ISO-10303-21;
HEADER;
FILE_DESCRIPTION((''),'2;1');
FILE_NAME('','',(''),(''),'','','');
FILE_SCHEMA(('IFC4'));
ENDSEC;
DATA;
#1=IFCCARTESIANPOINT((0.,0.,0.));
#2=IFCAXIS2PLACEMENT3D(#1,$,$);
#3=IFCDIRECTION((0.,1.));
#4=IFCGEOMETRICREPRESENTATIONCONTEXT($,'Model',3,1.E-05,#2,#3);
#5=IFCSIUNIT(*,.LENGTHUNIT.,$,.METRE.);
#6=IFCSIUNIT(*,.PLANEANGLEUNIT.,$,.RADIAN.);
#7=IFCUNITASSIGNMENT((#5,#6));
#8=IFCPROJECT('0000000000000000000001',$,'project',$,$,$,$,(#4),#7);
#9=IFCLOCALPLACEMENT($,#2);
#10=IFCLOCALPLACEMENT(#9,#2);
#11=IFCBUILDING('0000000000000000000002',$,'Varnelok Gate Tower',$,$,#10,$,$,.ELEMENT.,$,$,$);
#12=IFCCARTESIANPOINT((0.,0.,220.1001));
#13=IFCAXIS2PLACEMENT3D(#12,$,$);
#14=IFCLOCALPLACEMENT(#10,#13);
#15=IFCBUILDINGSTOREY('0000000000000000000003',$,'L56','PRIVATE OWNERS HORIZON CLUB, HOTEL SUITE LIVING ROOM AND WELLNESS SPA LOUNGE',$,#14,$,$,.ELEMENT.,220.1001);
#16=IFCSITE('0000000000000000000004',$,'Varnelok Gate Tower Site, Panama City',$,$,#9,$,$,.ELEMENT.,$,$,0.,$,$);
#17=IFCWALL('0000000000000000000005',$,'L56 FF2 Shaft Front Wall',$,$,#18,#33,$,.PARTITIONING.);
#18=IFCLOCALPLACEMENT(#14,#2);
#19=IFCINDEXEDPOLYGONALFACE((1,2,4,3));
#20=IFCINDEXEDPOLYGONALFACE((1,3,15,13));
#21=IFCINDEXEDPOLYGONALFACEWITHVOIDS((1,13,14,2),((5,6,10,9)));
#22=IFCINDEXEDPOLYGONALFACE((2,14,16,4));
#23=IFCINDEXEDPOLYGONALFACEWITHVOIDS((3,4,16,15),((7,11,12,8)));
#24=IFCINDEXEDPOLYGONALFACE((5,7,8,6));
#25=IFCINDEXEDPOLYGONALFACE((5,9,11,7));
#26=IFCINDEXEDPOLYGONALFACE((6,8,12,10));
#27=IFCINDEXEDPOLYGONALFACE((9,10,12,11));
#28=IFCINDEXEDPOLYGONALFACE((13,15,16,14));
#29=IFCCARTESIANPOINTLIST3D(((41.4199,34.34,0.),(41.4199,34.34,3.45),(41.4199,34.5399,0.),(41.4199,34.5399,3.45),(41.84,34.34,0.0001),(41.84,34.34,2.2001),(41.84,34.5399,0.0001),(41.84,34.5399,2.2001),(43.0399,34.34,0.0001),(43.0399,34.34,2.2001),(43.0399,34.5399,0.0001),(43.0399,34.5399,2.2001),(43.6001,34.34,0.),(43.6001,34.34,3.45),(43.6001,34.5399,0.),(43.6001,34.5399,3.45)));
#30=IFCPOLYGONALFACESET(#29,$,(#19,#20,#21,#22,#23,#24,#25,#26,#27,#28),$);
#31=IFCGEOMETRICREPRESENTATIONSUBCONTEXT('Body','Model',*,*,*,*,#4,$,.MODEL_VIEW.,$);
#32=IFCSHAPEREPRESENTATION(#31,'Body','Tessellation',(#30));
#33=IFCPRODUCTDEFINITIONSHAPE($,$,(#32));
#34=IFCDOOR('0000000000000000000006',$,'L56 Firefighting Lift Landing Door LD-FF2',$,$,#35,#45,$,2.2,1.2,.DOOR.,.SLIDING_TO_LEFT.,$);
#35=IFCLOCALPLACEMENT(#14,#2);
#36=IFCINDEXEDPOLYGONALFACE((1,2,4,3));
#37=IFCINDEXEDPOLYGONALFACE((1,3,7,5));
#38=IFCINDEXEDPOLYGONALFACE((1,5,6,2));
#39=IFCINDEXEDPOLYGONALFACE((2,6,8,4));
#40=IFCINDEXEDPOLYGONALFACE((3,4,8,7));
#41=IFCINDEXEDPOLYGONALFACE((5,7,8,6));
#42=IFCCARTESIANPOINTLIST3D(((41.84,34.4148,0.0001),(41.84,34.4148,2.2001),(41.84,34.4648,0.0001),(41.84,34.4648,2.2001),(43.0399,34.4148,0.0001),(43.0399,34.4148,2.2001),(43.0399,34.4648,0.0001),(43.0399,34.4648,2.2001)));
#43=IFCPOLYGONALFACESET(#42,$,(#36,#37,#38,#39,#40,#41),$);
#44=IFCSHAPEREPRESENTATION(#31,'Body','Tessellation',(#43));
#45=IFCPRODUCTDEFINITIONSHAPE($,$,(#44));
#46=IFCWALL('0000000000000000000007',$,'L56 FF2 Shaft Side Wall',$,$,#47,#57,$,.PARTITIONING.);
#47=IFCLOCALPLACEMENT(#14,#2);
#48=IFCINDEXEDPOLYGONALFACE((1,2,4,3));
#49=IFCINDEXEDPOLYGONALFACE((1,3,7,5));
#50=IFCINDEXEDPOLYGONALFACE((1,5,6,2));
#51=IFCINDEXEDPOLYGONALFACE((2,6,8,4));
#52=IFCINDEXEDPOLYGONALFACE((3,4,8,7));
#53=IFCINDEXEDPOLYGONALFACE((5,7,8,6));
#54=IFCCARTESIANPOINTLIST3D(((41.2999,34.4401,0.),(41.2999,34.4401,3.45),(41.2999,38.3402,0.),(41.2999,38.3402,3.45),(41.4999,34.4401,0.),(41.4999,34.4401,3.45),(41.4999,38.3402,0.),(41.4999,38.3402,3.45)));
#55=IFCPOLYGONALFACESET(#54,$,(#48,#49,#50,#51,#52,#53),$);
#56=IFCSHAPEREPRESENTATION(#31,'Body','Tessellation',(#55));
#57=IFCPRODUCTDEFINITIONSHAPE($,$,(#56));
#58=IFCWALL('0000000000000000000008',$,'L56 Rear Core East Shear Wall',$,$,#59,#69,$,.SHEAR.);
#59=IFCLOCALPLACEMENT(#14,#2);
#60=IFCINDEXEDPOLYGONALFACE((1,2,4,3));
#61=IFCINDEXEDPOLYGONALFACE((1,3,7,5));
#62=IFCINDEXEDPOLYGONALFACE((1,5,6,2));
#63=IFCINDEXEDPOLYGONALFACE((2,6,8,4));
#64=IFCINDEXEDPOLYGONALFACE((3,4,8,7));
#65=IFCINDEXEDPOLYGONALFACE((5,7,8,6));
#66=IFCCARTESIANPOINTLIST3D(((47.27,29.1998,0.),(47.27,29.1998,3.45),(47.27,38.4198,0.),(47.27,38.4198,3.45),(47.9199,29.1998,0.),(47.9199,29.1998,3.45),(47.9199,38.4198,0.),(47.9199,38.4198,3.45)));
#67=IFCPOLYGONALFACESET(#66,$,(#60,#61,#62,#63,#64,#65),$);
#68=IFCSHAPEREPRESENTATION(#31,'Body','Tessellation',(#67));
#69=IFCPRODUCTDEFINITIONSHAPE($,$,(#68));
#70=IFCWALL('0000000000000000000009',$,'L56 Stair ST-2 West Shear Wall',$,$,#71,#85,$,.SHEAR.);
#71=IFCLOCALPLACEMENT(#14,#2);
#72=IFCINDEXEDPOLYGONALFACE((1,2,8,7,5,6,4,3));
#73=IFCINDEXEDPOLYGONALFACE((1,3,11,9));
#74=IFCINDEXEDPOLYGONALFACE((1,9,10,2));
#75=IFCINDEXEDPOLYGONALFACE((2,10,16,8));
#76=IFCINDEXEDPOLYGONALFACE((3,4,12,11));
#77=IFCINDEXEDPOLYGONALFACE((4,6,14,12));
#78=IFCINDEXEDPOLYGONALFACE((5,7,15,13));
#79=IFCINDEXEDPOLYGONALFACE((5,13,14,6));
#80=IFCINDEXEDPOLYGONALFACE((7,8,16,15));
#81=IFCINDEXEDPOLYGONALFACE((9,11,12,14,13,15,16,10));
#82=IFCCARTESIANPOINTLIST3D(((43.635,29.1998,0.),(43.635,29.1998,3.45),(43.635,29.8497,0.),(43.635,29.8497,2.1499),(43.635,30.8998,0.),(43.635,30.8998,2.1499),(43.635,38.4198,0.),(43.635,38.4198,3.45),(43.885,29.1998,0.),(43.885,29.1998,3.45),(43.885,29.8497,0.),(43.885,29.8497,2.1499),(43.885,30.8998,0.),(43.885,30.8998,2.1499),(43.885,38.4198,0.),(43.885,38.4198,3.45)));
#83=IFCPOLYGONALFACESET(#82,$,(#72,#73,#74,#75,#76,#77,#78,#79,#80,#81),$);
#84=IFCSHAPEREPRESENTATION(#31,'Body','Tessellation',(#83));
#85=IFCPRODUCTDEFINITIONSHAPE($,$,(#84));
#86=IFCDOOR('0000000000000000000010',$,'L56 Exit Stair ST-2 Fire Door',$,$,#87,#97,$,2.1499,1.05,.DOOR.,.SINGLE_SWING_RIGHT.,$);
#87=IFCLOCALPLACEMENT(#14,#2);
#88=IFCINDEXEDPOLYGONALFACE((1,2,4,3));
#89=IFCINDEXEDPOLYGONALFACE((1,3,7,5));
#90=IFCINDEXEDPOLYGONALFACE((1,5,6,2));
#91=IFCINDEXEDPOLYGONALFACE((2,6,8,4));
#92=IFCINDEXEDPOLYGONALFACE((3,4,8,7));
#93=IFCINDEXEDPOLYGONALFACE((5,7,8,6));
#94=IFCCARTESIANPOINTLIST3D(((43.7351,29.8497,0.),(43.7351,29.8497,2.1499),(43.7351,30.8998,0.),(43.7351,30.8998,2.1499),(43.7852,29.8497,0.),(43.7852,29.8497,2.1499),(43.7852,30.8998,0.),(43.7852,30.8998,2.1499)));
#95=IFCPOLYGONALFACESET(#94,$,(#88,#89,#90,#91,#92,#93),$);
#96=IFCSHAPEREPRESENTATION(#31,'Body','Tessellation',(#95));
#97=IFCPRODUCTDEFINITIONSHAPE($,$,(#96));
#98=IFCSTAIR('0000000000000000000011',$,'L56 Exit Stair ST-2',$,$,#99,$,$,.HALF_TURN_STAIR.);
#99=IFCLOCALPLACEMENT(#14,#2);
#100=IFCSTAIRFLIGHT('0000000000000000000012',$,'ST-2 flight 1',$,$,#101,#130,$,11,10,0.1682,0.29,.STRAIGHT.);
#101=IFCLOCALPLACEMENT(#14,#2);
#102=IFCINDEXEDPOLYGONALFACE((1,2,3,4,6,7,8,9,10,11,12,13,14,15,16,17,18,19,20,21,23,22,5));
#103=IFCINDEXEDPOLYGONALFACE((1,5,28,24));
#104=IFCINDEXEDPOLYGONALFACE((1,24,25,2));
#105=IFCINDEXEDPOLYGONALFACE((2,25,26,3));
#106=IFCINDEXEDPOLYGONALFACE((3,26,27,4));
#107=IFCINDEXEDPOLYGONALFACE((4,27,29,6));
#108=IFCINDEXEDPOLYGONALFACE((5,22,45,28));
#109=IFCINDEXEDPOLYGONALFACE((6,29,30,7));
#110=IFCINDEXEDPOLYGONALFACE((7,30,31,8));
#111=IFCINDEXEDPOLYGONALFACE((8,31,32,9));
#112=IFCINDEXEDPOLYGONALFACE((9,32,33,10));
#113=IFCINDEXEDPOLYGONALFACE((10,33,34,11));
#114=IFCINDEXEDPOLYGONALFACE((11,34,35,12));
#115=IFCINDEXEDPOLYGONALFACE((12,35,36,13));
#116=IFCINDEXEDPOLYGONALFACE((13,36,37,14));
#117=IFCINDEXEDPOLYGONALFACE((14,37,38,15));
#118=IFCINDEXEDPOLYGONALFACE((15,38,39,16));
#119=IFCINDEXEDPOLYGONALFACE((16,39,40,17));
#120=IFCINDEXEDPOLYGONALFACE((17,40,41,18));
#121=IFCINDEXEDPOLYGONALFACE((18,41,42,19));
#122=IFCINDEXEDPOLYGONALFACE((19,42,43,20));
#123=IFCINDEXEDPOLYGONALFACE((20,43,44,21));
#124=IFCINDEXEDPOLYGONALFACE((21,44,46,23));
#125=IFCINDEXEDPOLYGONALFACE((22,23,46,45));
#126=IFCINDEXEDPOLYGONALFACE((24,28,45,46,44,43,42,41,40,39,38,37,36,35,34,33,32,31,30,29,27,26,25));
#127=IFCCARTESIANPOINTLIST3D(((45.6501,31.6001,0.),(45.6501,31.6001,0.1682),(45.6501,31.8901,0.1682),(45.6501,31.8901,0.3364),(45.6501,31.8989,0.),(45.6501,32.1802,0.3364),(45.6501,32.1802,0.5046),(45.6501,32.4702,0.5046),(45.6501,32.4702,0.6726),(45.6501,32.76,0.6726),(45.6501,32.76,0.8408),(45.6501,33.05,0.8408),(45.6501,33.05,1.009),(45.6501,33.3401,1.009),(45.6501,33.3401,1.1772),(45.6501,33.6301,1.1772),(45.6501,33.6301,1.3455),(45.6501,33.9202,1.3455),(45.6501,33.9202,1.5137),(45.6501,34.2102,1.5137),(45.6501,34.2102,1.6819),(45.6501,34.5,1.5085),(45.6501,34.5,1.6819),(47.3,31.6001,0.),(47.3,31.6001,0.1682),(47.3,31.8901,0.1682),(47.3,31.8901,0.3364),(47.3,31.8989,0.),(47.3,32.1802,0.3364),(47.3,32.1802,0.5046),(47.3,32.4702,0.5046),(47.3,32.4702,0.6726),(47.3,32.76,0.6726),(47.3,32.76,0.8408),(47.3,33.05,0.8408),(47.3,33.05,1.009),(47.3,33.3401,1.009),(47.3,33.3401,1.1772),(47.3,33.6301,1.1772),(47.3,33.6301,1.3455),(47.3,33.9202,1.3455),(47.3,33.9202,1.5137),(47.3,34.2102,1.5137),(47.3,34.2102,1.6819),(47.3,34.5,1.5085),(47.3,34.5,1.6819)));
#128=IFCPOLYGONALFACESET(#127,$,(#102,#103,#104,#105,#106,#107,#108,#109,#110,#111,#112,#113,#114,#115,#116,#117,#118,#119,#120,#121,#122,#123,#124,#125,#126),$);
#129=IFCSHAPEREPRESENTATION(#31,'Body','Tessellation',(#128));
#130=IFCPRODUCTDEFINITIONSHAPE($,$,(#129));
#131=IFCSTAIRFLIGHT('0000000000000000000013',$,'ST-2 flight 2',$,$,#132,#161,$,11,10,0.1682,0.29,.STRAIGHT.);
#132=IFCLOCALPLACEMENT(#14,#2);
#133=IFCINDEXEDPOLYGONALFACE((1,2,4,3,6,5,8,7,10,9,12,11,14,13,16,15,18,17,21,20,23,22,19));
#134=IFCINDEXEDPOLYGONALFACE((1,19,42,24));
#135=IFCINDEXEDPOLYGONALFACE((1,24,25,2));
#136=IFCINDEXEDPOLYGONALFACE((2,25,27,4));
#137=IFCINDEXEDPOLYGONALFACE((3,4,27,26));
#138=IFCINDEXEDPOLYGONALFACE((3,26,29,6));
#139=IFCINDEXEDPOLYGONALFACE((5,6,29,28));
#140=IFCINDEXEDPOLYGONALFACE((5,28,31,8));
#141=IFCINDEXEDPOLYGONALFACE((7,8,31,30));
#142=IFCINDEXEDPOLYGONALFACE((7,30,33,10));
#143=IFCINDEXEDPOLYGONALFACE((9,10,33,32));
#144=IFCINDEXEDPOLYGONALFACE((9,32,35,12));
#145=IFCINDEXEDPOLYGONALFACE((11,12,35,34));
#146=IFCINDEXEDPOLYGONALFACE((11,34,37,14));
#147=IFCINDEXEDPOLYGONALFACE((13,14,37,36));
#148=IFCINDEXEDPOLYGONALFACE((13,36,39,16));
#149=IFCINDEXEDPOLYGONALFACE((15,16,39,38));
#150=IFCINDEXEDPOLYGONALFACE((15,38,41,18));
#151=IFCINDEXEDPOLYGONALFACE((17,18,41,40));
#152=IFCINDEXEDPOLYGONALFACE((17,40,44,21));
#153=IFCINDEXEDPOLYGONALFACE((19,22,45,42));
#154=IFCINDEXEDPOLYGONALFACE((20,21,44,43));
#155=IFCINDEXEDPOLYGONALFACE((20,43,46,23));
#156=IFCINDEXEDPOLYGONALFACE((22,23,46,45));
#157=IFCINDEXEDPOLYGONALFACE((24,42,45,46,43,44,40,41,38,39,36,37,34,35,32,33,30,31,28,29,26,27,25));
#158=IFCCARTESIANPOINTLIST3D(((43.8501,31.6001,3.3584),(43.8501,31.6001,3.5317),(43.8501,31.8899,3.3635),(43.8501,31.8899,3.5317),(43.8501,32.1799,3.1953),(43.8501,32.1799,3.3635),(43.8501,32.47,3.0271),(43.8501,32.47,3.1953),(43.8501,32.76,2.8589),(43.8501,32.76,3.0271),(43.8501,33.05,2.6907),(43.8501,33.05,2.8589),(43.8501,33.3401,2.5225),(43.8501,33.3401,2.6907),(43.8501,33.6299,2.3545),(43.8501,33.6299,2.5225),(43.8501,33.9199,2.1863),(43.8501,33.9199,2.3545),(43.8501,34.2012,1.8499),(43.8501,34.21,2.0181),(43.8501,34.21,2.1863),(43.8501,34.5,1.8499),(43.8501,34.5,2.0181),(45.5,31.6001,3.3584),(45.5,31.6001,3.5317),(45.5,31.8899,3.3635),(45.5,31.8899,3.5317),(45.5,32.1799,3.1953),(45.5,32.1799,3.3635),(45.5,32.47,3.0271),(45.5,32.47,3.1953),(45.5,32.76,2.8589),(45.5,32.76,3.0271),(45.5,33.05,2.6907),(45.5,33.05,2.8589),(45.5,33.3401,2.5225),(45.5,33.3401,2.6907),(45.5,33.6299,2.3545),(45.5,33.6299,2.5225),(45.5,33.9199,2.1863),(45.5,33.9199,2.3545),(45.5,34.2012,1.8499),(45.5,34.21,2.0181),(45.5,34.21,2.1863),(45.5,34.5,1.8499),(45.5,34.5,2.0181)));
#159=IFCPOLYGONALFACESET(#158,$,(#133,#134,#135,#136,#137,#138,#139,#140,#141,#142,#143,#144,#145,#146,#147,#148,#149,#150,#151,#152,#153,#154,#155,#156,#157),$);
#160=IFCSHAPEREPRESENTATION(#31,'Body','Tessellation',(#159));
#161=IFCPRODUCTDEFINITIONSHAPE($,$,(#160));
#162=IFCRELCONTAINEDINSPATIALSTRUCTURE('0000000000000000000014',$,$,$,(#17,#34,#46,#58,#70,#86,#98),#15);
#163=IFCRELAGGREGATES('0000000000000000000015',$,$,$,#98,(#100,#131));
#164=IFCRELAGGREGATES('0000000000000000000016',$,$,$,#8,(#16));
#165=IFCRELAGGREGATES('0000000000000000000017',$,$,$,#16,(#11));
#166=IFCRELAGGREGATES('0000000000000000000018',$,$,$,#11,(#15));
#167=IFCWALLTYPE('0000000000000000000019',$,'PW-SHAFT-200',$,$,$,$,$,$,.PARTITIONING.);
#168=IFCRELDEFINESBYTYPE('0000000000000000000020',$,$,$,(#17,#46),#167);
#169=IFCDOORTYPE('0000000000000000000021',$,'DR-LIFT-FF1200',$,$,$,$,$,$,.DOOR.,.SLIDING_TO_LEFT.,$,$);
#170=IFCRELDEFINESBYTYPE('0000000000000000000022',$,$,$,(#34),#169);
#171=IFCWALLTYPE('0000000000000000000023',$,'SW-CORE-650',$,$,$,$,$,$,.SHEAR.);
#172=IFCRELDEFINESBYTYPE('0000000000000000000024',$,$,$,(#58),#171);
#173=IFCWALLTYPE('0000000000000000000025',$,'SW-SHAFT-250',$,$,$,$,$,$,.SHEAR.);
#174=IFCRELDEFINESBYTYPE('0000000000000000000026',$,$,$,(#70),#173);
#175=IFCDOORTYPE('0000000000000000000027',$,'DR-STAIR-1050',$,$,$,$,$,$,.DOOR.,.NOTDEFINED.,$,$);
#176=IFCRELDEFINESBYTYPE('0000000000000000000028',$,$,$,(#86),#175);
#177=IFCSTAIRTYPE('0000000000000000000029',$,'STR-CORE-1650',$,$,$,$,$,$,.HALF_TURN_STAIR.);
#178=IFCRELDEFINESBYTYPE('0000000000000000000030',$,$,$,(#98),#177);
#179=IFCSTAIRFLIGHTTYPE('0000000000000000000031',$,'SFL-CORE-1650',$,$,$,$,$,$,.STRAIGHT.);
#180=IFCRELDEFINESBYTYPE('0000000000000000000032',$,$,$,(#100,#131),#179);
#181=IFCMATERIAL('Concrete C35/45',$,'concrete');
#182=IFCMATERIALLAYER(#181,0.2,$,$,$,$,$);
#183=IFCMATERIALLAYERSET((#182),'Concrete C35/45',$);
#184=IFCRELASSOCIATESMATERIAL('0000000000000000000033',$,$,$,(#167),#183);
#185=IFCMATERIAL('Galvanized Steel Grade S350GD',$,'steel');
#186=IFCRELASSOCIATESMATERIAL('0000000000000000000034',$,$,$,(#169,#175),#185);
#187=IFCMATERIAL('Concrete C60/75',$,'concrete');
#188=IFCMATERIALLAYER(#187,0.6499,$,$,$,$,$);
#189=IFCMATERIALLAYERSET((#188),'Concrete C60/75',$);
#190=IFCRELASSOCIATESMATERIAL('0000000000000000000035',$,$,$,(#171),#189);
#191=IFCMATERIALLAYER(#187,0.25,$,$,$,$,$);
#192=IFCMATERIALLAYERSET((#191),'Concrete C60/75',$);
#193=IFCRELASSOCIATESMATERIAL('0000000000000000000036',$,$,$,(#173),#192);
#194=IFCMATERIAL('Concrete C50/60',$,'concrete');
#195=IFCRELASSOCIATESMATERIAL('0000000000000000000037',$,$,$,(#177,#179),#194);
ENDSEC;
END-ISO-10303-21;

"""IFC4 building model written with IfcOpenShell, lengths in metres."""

from ifc_helpers import new_model, si_unit, direction, frame, frame_2d, origin, place, context, subcontext, project, spatial, polyline, rectangle, outline, extrude, material, layer, layer_set, type_object, element, fill, aggregate, save


model = new_model("IFC4")

# Units and contexts
model_context = context("Model", 3, precision=1e-05, world=origin(), true_north=direction((0.0, 1.0)))
body_context = subcontext(model_context, "Body", "Model", "MODEL_VIEW")
ifc_project = project(units=[si_unit("LENGTHUNIT", "METRE"), si_unit("PLANEANGLEUNIT", "RADIAN")], contexts=[model_context])

# Site, building, storey
site_placement = place(None, origin())
site = spatial("IfcSite", under=ifc_project, at=site_placement, Name="Varnelok Gate Tower Site, Panama City", CompositionType="ELEMENT", RefElevation=0.0)
building_placement = place(site_placement, origin())
building = spatial("IfcBuilding", under=site, at=building_placement, Name="Varnelok Gate Tower", CompositionType="ELEMENT")
storey_placement = place(building_placement, frame((0.0, 0.0, 220.1001)))
storey = spatial("IfcBuildingStorey", under=building, at=storey_placement, Name="L56", Description="PRIVATE OWNERS HORIZON CLUB, HOTEL SUITE LIVING ROOM AND WELLNESS SPA LOUNGE", CompositionType="ELEMENT", Elevation=220.1001)

# Shared definitions
ifc_material_1 = material(Name="Galvanized Steel Grade S350GD", Category="steel")

# Shared definitions
ifc_material_2 = material(Name="Concrete C35/45", Category="concrete")
ifc_layer_1 = layer(ifc_material_2, 0.2)
ifc_layer_set_1 = layer_set([ifc_layer_1], Name="Concrete C35/45")
wall_type_1 = type_object("IfcWallType", Name="PW-SHAFT-200", PredefinedType="PARTITIONING", material=ifc_layer_set_1)

# Wall, opening, door
wall_1_placement = place(storey_placement, frame((41.4199, 34.4399, 0.0), z_axis=(0.0, 0.0, 1.0), x_axis=(1.0, 0.0, 0.0)))
wall_1 = element("IfcWall", 1, at=wall_1_placement, inside=storey, type_object=wall_type_1, Name="L56 FF2 Shaft Front Wall", PredefinedType="PARTITIONING", context=body_context, shape_type="SweptSolid", body=[
    extrude(rectangle(XDim=2.1802, YDim=0.2, at=frame_2d((1.0901, 0.0))), origin(), (0.0, 0.0, 1.0), 3.45),
])
opening_1_placement = place(wall_1_placement, frame((0.4199, 0.0, 0.0)))
opening_1 = element("IfcOpeningElement", 2, at=opening_1_placement, cuts=wall_1, PredefinedType="OPENING", context=body_context, shape_type="SweptSolid", body=[
    extrude(rectangle(XDim=1.2, YDim=2.2, at=frame_2d((0.6001, 1.1001))), frame((0.0, 0.1099, 0.0), z_axis=(0.0, -1.0, 0.0), x_axis=(1.0, 0.0, 0.0)), (0.0, 0.0, 1.0), 0.22),
])
door_type_1 = type_object("IfcDoorType", Name="DR-LIFT-FF1200", OperationType="SLIDING_TO_LEFT", PredefinedType="DOOR", material=ifc_material_1)
door_1_placement = place(opening_1_placement, origin())
door_1 = element("IfcDoor", 3, at=door_1_placement, inside=storey, type_object=door_type_1, Name="L56 Firefighting Lift Landing Door LD-FF2", OperationType="SLIDING_TO_LEFT", OverallHeight=2.2, OverallWidth=1.2, PredefinedType="DOOR", context=body_context, shape_type="SweptSolid", body=[
    extrude(rectangle(XDim=1.2, YDim=2.2, at=frame_2d((0.6001, 1.1001))), frame((0.0, 0.0249, 0.0), z_axis=(0.0, -1.0, 0.0), x_axis=(1.0, 0.0, 0.0)), (0.0, 0.0, 1.0), 0.05),
])
fill(opening_1, door_1)

# Walls
wall_2_placement = place(storey_placement, frame((41.3999, 34.4399, 0.0), z_axis=(0.0, 0.0, 1.0), x_axis=(0.0, 1.0, 0.0)))
element("IfcWall", 4, at=wall_2_placement, inside=storey, type_object=wall_type_1, Name="L56 FF2 Shaft Side Wall", PredefinedType="PARTITIONING", context=body_context, shape_type="SweptSolid", body=[
    extrude(rectangle(XDim=3.9001, YDim=0.2, at=frame_2d((1.9502, 0.0))), origin(), (0.0, 0.0, 1.0), 3.45),
])
ifc_material_3 = material(Name="Concrete C60/75", Category="concrete")
ifc_layer_2 = layer(ifc_material_3, 0.6499)
ifc_layer_set_2 = layer_set([ifc_layer_2], Name="Concrete C60/75")
wall_type_2 = type_object("IfcWallType", Name="SW-CORE-650", PredefinedType="SHEAR", material=ifc_layer_set_2)
wall_3_placement = place(storey_placement, frame((47.595, 29.2, 0.0), z_axis=(0.0, 0.0, 1.0), x_axis=(0.0, 1.0, 0.0)))
element("IfcWall", 5, at=wall_3_placement, inside=storey, type_object=wall_type_2, Name="L56 Rear Core East Shear Wall", PredefinedType="SHEAR", context=body_context, shape_type="SweptSolid", body=[
    extrude(rectangle(XDim=9.22, YDim=0.6499, at=frame_2d((4.6099, 0.0))), origin(), (0.0, 0.0, 1.0), 3.45),
])

# Wall, opening, door
ifc_layer_3 = layer(ifc_material_3, 0.25)
ifc_layer_set_3 = layer_set([ifc_layer_3], Name="Concrete C60/75")
wall_type_3 = type_object("IfcWallType", Name="SW-SHAFT-250", PredefinedType="SHEAR", material=ifc_layer_set_3)
wall_4_placement = place(storey_placement, frame((43.76, 29.2, 0.0), z_axis=(0.0, 0.0, 1.0), x_axis=(0.0, 1.0, 0.0)))
wall_4 = element("IfcWall", 6, at=wall_4_placement, inside=storey, type_object=wall_type_3, Name="L56 Stair ST-2 West Shear Wall", PredefinedType="SHEAR", context=body_context, shape_type="SweptSolid", body=[
    extrude(rectangle(XDim=9.22, YDim=0.25, at=frame_2d((4.6099, 0.0))), origin(), (0.0, 0.0, 1.0), 3.45),
])
opening_2_placement = place(wall_4_placement, frame((0.6499, 0.0, 0.0)))
opening_2 = element("IfcOpeningElement", 7, at=opening_2_placement, cuts=wall_4, PredefinedType="OPENING", context=body_context, shape_type="SweptSolid", body=[
    extrude(rectangle(XDim=1.05, YDim=2.1499, at=frame_2d((0.5249, 1.075))), frame((0.0, 0.135, 0.0), z_axis=(0.0, -1.0, 0.0), x_axis=(1.0, 0.0, 0.0)), (0.0, 0.0, 1.0), 0.27),
])
door_type_2 = type_object("IfcDoorType", Name="DR-STAIR-1050", OperationType="NOTDEFINED", PredefinedType="DOOR", material=ifc_material_1)
door_2_placement = place(opening_2_placement, origin())
door_2 = element("IfcDoor", 8, at=door_2_placement, inside=storey, type_object=door_type_2, Name="L56 Exit Stair ST-2 Fire Door", OperationType="SINGLE_SWING_RIGHT", OverallHeight=2.1499, OverallWidth=1.05, PredefinedType="DOOR", context=body_context, shape_type="SweptSolid", body=[
    extrude(rectangle(XDim=1.05, YDim=2.1499, at=frame_2d((0.5249, 1.075))), frame((0.0, 0.0249, 0.0), z_axis=(0.0, -1.0, 0.0), x_axis=(1.0, 0.0, 0.0)), (0.0, 0.0, 1.0), 0.05),
])
fill(opening_2, door_2)

# Stair, stair flights
ifc_material_4 = material(Name="Concrete C50/60", Category="concrete")
stair_type = type_object("IfcStairType", Name="STR-CORE-1650", PredefinedType="HALF_TURN_STAIR", material=ifc_material_4)
stair_placement = place(storey_placement, origin())
stair = element("IfcStair", 9, at=stair_placement, inside=storey, type_object=stair_type, Name="L56 Exit Stair ST-2", PredefinedType="HALF_TURN_STAIR")
stair_flight_type = type_object("IfcStairFlightType", Name="SFL-CORE-1650", PredefinedType="STRAIGHT", material=ifc_material_4)
stair_flight_1_placement = place(storey_placement, frame((46.4751, 31.6001, 0.0), z_axis=(0.0, 0.0, 1.0), x_axis=(0.0, 1.0, 0.0)))
stair_flight_1 = element("IfcStairFlight", 10, at=stair_flight_1_placement, type_object=stair_flight_type, Name="ST-2 flight 1", NumberOfRisers=11, NumberOfTreads=10, PredefinedType="STRAIGHT", RiserHeight=0.1682, TreadLength=0.29, context=body_context, shape_type="SweptSolid", body=[
    extrude(outline(polyline([(0.0, 0.0), (0.0, 0.1682), (0.29, 0.1682), (0.29, 0.3364), (0.5801, 0.3364), (0.5801, 0.5046), (0.8701, 0.5046), (0.8701, 0.6726), (1.1599, 0.6726), (1.1599, 0.8408), (1.45, 0.8408), (1.45, 1.009), (1.74, 1.009), (1.74, 1.1772), (2.03, 1.1772), (2.03, 1.3455), (2.3201, 1.3455), (2.3201, 1.5137), (2.6101, 1.5137), (2.6101, 1.6819), (2.8999, 1.6819), (2.8999, 1.8501), (2.8999, 1.5085), (0.2988, 0.0), (0.0, 0.0)])), frame((0.0, 0.825, 0.0), z_axis=(0.0, -1.0, 0.0), x_axis=(1.0, 0.0, 0.0)), (0.0, 0.0, 1.0), 1.6499),
])
stair_flight_2_placement = place(storey_placement, frame((44.675, 34.5, 1.8499), z_axis=(0.0, 0.0, 1.0), x_axis=(0.0, -1.0, 0.0)))
stair_flight_2 = element("IfcStairFlight", 11, at=stair_flight_2_placement, type_object=stair_flight_type, Name="ST-2 flight 2", NumberOfRisers=11, NumberOfTreads=10, PredefinedType="STRAIGHT", RiserHeight=0.1682, TreadLength=0.29, context=body_context, shape_type="SweptSolid", body=[
    extrude(outline(polyline([(0.0, 0.0), (0.0, 0.1682), (0.29, 0.1682), (0.29, 0.3364), (0.5801, 0.3364), (0.5801, 0.5046), (0.8701, 0.5046), (0.8701, 0.6726), (1.1599, 0.6726), (1.1599, 0.8408), (1.45, 0.8408), (1.45, 1.009), (1.74, 1.009), (1.74, 1.1772), (2.03, 1.1772), (2.03, 1.3455), (2.3201, 1.3455), (2.3201, 1.5137), (2.6101, 1.5137), (2.6101, 1.6819), (2.8999, 1.6819), (2.8999, 1.8501), (2.8999, 1.5085), (0.2988, 0.0), (0.0, 0.0)])), frame((0.0, 0.825, 0.0), z_axis=(0.0, -1.0, 0.0), x_axis=(1.0, 0.0, 0.0)), (0.0, 0.0, 1.0), 1.6499),
])
aggregate(stair, [stair_flight_1, stair_flight_2])

save(model, "model.ifc")
